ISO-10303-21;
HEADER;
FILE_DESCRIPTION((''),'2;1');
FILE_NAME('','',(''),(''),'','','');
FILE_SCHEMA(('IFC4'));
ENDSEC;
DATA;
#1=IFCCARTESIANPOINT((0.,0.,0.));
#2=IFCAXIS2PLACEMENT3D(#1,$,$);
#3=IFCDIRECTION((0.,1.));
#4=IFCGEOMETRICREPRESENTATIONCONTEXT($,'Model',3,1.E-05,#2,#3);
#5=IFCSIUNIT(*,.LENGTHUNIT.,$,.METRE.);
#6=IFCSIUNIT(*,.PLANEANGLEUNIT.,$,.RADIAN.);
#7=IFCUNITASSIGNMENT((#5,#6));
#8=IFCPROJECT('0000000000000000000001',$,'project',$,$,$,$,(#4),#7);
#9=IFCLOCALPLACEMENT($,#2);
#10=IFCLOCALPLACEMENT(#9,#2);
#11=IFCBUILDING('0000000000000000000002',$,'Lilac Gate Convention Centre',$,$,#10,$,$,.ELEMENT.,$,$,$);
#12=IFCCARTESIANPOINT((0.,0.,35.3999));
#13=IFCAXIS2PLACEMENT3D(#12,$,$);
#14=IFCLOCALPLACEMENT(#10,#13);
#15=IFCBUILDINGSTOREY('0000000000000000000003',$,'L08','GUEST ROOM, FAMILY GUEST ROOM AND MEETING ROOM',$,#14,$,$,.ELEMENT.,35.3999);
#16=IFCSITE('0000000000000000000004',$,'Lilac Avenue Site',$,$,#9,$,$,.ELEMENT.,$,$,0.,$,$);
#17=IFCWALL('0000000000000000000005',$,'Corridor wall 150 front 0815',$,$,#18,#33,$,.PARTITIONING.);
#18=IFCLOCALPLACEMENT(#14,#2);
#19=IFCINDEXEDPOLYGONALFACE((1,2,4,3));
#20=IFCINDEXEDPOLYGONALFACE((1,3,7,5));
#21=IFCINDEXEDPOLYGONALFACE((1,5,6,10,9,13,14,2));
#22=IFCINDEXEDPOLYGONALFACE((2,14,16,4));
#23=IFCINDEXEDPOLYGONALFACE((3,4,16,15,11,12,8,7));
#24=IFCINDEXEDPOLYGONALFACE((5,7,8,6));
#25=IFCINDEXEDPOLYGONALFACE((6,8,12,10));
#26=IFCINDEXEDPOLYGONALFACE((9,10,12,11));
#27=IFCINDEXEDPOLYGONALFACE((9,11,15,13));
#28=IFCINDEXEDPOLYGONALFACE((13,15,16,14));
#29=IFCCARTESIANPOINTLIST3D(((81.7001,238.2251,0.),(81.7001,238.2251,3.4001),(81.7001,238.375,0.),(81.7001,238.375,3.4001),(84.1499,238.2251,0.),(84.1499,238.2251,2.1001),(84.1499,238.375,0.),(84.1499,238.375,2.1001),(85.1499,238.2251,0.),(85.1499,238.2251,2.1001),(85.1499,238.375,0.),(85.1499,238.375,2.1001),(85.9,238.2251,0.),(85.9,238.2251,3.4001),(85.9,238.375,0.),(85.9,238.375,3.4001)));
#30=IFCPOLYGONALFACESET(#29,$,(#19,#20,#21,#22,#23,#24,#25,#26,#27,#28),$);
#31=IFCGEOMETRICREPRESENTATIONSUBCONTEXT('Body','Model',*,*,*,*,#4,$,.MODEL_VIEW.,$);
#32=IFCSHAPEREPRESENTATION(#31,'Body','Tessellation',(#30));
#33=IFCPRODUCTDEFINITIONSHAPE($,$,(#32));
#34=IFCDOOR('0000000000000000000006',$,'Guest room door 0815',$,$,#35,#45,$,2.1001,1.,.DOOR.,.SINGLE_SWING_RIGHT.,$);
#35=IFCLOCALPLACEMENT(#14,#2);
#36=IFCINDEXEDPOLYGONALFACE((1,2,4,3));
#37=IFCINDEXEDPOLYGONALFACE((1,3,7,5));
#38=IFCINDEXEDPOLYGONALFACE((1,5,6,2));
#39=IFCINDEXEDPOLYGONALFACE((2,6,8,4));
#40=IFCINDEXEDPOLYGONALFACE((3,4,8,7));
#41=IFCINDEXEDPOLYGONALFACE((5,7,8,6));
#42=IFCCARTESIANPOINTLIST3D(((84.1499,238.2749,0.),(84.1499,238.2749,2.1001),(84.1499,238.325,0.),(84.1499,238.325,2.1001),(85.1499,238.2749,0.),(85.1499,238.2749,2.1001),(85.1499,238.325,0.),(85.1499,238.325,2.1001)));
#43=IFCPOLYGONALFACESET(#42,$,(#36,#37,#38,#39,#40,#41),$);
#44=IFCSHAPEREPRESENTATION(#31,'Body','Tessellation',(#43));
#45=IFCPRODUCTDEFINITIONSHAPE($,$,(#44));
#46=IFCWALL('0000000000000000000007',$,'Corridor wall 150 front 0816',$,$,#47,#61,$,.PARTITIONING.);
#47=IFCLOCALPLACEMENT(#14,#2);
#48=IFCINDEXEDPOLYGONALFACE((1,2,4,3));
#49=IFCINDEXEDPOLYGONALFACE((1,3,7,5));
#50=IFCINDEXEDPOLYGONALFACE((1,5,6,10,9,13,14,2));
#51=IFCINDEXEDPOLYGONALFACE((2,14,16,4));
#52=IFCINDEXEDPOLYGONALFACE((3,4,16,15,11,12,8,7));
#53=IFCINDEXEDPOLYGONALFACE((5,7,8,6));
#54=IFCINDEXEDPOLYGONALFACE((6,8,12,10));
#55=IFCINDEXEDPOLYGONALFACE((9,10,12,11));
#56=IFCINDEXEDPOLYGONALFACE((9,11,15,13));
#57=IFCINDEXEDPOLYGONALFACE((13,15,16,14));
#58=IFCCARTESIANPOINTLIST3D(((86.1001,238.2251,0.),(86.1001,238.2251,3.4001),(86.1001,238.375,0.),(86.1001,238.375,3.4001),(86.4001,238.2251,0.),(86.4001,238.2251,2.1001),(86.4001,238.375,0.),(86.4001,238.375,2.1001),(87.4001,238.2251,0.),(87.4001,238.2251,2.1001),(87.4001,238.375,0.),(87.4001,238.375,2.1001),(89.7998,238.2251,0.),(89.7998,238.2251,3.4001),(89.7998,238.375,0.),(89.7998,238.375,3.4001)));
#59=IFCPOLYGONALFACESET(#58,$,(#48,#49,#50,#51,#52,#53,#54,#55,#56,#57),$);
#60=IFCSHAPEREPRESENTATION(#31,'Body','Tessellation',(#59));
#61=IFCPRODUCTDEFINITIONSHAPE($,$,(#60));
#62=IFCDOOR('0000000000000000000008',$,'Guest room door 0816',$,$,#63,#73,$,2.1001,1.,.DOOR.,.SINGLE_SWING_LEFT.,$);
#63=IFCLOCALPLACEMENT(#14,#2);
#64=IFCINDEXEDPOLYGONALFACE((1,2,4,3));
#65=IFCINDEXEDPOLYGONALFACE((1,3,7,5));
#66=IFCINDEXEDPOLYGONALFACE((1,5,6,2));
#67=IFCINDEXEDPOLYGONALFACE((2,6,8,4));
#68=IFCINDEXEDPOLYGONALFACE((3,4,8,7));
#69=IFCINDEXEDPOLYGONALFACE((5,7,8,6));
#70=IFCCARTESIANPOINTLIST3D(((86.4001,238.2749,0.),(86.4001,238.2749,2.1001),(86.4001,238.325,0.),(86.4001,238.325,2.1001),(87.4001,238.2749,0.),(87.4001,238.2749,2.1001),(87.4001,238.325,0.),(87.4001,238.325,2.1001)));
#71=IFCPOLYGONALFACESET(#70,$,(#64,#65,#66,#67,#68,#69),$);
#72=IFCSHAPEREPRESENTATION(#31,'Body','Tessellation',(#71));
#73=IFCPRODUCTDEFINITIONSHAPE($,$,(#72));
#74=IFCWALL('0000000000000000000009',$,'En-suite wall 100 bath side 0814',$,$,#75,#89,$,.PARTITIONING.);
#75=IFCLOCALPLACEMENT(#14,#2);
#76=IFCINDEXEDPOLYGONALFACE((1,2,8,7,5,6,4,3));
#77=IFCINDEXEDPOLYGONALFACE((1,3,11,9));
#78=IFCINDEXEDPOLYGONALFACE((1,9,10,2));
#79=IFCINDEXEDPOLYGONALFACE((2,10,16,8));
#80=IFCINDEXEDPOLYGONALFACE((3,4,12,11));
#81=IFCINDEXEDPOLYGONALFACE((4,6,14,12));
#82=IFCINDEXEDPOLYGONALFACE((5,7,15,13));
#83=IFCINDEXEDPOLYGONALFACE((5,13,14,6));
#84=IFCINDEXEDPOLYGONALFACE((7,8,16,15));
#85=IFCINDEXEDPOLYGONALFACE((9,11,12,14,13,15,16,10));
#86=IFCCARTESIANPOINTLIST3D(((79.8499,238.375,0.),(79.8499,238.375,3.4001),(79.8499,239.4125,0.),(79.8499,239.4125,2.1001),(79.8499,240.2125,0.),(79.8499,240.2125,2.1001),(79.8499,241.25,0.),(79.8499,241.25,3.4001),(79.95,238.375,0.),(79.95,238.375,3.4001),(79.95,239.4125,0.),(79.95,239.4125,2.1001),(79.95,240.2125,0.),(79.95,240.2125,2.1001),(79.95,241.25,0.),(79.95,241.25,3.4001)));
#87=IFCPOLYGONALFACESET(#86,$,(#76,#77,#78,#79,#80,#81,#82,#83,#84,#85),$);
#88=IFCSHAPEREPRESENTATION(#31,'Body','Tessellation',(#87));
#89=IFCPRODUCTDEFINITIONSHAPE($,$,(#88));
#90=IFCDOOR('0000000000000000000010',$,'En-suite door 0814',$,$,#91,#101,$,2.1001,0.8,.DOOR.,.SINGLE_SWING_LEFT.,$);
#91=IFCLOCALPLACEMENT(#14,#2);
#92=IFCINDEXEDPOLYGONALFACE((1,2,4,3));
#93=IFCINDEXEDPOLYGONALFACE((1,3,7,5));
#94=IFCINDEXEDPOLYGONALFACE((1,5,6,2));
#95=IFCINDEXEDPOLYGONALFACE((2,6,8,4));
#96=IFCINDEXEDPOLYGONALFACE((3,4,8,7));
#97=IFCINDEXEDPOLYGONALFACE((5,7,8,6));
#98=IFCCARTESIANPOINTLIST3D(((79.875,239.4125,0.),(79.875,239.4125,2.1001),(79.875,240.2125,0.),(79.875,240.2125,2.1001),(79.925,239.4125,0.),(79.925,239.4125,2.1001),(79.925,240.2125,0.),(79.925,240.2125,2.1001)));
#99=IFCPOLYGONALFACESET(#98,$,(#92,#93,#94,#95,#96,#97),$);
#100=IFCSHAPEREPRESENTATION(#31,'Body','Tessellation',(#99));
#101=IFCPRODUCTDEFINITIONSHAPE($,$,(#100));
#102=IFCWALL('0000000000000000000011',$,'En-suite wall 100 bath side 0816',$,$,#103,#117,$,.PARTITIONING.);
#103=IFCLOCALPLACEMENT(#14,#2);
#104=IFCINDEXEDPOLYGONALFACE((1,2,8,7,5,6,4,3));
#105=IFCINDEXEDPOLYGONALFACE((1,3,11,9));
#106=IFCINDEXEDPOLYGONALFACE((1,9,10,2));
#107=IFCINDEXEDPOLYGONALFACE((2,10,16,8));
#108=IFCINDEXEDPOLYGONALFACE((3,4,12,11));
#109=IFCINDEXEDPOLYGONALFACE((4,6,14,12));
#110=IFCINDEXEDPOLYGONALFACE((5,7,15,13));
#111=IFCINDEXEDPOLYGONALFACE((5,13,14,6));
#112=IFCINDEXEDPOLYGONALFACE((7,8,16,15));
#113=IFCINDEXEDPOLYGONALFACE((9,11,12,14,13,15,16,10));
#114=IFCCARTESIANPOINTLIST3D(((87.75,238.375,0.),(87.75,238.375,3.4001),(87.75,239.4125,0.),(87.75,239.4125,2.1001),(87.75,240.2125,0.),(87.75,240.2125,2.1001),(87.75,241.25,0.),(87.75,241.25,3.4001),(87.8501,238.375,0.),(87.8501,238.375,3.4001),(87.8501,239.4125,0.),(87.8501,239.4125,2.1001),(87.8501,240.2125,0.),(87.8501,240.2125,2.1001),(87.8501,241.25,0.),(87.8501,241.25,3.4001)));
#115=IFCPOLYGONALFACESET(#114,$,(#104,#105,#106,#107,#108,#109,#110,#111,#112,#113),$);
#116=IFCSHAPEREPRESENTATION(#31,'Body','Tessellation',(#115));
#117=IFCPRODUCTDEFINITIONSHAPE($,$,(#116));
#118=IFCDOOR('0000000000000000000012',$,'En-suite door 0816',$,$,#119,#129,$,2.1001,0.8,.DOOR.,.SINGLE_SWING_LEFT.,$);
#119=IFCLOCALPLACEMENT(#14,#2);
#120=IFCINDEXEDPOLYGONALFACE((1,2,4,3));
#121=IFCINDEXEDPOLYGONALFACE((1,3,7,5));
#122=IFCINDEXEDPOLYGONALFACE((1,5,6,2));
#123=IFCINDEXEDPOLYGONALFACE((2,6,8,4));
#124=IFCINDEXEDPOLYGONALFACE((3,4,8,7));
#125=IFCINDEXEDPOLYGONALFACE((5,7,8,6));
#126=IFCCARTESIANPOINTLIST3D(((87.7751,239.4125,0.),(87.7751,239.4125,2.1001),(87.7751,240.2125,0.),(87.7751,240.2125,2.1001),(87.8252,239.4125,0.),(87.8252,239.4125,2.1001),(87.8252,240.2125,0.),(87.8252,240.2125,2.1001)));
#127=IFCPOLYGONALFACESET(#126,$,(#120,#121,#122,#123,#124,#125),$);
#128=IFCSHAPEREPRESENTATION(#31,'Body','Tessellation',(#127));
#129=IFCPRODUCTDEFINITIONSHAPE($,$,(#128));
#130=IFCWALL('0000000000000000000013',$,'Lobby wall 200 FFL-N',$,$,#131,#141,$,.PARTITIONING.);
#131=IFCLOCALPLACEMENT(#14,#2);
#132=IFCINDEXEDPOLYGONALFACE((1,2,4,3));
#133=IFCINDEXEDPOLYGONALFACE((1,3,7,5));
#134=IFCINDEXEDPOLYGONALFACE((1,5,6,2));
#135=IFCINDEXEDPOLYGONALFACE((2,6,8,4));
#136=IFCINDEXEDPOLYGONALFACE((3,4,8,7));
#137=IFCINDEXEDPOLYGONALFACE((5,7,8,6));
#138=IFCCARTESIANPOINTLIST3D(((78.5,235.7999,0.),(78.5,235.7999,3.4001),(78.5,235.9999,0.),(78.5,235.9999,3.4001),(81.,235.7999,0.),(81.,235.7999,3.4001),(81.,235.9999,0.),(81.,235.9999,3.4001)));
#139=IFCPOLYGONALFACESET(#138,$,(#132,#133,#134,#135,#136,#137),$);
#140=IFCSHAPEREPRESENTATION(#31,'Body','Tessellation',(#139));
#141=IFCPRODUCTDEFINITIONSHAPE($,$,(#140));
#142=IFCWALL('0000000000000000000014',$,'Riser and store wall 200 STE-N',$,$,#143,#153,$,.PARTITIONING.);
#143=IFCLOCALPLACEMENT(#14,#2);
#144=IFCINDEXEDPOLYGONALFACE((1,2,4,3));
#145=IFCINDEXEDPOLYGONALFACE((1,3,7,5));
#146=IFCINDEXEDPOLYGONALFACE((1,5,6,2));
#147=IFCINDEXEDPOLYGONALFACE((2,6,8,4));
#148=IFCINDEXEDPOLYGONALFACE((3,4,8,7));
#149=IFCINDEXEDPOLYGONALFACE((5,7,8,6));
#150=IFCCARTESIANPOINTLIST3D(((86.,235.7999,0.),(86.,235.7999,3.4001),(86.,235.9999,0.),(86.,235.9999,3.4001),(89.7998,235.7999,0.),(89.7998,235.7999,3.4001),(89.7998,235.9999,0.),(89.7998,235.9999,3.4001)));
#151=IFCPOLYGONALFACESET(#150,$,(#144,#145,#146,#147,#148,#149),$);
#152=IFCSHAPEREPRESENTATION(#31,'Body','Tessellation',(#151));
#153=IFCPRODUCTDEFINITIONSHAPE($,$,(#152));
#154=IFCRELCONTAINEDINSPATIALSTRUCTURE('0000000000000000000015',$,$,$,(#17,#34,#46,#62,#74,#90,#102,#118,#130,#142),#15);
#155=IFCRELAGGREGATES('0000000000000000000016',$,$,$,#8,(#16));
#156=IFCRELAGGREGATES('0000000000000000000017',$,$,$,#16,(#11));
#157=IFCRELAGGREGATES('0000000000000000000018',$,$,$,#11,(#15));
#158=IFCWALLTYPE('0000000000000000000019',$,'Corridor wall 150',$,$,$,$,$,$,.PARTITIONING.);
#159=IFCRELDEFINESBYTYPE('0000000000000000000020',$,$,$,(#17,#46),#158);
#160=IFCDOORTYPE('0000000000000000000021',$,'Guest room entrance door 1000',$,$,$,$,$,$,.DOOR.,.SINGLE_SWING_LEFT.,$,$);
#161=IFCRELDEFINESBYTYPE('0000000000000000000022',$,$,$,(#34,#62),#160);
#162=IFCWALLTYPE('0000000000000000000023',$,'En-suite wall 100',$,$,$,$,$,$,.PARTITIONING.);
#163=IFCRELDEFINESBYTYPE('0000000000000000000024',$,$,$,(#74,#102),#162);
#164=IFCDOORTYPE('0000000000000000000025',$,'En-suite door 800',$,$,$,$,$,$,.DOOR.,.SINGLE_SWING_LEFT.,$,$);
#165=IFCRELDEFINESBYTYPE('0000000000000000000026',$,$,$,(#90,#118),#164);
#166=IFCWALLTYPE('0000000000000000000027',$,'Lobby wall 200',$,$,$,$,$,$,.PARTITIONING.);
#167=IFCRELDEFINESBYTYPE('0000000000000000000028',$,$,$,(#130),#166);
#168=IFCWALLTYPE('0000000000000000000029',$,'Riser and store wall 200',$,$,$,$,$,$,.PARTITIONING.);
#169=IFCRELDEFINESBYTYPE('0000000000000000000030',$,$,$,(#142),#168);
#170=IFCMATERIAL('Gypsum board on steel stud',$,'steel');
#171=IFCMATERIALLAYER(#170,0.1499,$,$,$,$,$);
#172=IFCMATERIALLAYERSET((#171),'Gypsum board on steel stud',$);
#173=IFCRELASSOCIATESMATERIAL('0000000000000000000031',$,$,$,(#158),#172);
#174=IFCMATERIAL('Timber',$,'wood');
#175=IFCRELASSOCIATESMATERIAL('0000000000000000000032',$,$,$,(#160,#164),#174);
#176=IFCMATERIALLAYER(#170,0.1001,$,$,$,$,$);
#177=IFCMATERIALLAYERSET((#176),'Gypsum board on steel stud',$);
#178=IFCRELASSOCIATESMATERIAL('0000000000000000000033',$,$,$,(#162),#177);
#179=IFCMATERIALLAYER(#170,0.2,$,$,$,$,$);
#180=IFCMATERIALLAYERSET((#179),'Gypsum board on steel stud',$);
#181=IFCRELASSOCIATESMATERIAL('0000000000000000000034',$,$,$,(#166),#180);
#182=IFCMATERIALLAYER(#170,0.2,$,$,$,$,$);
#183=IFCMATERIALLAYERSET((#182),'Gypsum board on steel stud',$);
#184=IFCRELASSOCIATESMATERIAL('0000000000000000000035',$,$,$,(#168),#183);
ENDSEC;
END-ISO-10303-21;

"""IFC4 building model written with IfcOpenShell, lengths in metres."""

from ifc_helpers import new_model, si_unit, direction, frame, frame_2d, origin, place, context, subcontext, project, spatial, rectangle, extrude, material, layer, layer_set, type_object, element, fill, save


model = new_model("IFC4")

# Units and contexts
model_context = context("Model", 3, precision=1e-05, world=origin(), true_north=direction((0.0, 1.0)))
body_context = subcontext(model_context, "Body", "Model", "MODEL_VIEW")
ifc_project = project(units=[si_unit("LENGTHUNIT", "METRE"), si_unit("PLANEANGLEUNIT", "RADIAN")], contexts=[model_context])

# Site, building, storey
site_placement = place(None, origin())
site = spatial("IfcSite", under=ifc_project, at=site_placement, Name="Lilac Avenue Site", CompositionType="ELEMENT", RefElevation=0.0)
building_placement = place(site_placement, origin())
building = spatial("IfcBuilding", under=site, at=building_placement, Name="Lilac Gate Convention Centre", CompositionType="ELEMENT")
storey_placement = place(building_placement, frame((0.0, 0.0, 35.3999)))
storey = spatial("IfcBuildingStorey", under=building, at=storey_placement, Name="L08", Description="GUEST ROOM, FAMILY GUEST ROOM AND MEETING ROOM", CompositionType="ELEMENT", Elevation=35.3999)

# Walls, openings, doors
ifc_material_1 = material(Name="Gypsum board on steel stud", Category="steel")
ifc_layer_1 = layer(ifc_material_1, 0.1499)
ifc_layer_set_1 = layer_set([ifc_layer_1], Name="Gypsum board on steel stud")
wall_type_1 = type_object("IfcWallType", Name="Corridor wall 150", PredefinedType="PARTITIONING", material=ifc_layer_set_1)
ifc_material_2 = material(Name="Timber", Category="wood")
door_type_1 = type_object("IfcDoorType", Name="Guest room entrance door 1000", OperationType="SINGLE_SWING_LEFT", PredefinedType="DOOR", material=ifc_material_2)
wall_1_placement = place(storey_placement, frame((81.7, 238.3, 0.0), z_axis=(0.0, 0.0, 1.0), x_axis=(1.0, 0.0, 0.0)))
wall_1 = element("IfcWall", 1, at=wall_1_placement, inside=storey, type_object=wall_type_1, Name="Corridor wall 150 front 0815", PredefinedType="PARTITIONING", context=body_context, shape_type="SweptSolid", body=[
    extrude(rectangle(XDim=4.2, YDim=0.1499, at=frame_2d((2.1001, 0.0))), origin(), (0.0, 0.0, 1.0), 3.4001),
])
opening_1_placement = place(wall_1_placement, frame((2.45, 0.0, 0.0)))
opening_1 = element("IfcOpeningElement", 2, at=opening_1_placement, cuts=wall_1, PredefinedType="OPENING", context=body_context, shape_type="SweptSolid", body=[
    extrude(rectangle(XDim=1.0, YDim=2.1001, at=frame_2d((0.5, 1.05))), frame((0.0, 0.085, 0.0), z_axis=(0.0, -1.0, 0.0), x_axis=(1.0, 0.0, 0.0)), (0.0, 0.0, 1.0), 0.1699),
])
door_1_placement = place(opening_1_placement, origin())
door_1 = element("IfcDoor", 3, at=door_1_placement, inside=storey, type_object=door_type_1, Name="Guest room door 0815", OperationType="SINGLE_SWING_RIGHT", OverallHeight=2.1001, OverallWidth=1.0, PredefinedType="DOOR", context=body_context, shape_type="SweptSolid", body=[
    extrude(rectangle(XDim=1.0, YDim=2.1001, at=frame_2d((0.5, 1.05))), frame((0.0, 0.0249, 0.0), z_axis=(0.0, -1.0, 0.0), x_axis=(1.0, 0.0, 0.0)), (0.0, 0.0, 1.0), 0.05),
])
fill(opening_1, door_1)
wall_2_placement = place(storey_placement, frame((86.1001, 238.3, 0.0), z_axis=(0.0, 0.0, 1.0), x_axis=(1.0, 0.0, 0.0)))
wall_2 = element("IfcWall", 4, at=wall_2_placement, inside=storey, type_object=wall_type_1, Name="Corridor wall 150 front 0816", PredefinedType="PARTITIONING", context=body_context, shape_type="SweptSolid", body=[
    extrude(rectangle(XDim=3.6997, YDim=0.1499, at=frame_2d((1.8499, 0.0))), origin(), (0.0, 0.0, 1.0), 3.4001),
])
opening_2_placement = place(wall_2_placement, frame((0.3, 0.0, 0.0)))
opening_2 = element("IfcOpeningElement", 5, at=opening_2_placement, cuts=wall_2, PredefinedType="OPENING", context=body_context, shape_type="SweptSolid", body=[
    extrude(rectangle(XDim=1.0, YDim=2.1001, at=frame_2d((0.5, 1.05))), frame((0.0, 0.085, 0.0), z_axis=(0.0, -1.0, 0.0), x_axis=(1.0, 0.0, 0.0)), (0.0, 0.0, 1.0), 0.1699),
])
door_2_placement = place(opening_2_placement, origin())
door_2 = element("IfcDoor", 6, at=door_2_placement, inside=storey, type_object=door_type_1, Name="Guest room door 0816", OperationType="SINGLE_SWING_LEFT", OverallHeight=2.1001, OverallWidth=1.0, PredefinedType="DOOR", context=body_context, shape_type="SweptSolid", body=[
    extrude(rectangle(XDim=1.0, YDim=2.1001, at=frame_2d((0.5, 1.05))), frame((0.0, 0.0249, 0.0), z_axis=(0.0, -1.0, 0.0), x_axis=(1.0, 0.0, 0.0)), (0.0, 0.0, 1.0), 0.05),
])
fill(opening_2, door_2)
ifc_layer_2 = layer(ifc_material_1, 0.1001)
ifc_layer_set_2 = layer_set([ifc_layer_2], Name="Gypsum board on steel stud")
wall_type_2 = type_object("IfcWallType", Name="En-suite wall 100", PredefinedType="PARTITIONING", material=ifc_layer_set_2)
wall_3_placement = place(storey_placement, frame((79.8999, 238.375, 0.0), z_axis=(0.0, 0.0, 1.0), x_axis=(0.0, 1.0, 0.0)))
wall_3 = element("IfcWall", 7, at=wall_3_placement, inside=storey, type_object=wall_type_2, Name="En-suite wall 100 bath side 0814", PredefinedType="PARTITIONING", context=body_context, shape_type="SweptSolid", body=[
    extrude(rectangle(XDim=2.875, YDim=0.1001, at=frame_2d((1.4375, 0.0))), origin(), (0.0, 0.0, 1.0), 3.4001),
])
opening_3_placement = place(wall_3_placement, frame((1.0376, 0.0, 0.0)))
opening_3 = element("IfcOpeningElement", 8, at=opening_3_placement, cuts=wall_3, PredefinedType="OPENING", context=body_context, shape_type="SweptSolid", body=[
    extrude(rectangle(XDim=0.8, YDim=2.1001, at=frame_2d((0.3999, 1.05))), frame((0.0, 0.0601, 0.0), z_axis=(0.0, -1.0, 0.0), x_axis=(1.0, 0.0, 0.0)), (0.0, 0.0, 1.0), 0.1201),
])
door_type_2 = type_object("IfcDoorType", Name="En-suite door 800", OperationType="SINGLE_SWING_LEFT", PredefinedType="DOOR", material=ifc_material_2)
door_3_placement = place(opening_3_placement, origin())
door_3 = element("IfcDoor", 9, at=door_3_placement, inside=storey, type_object=door_type_2, Name="En-suite door 0814", OperationType="SINGLE_SWING_LEFT", OverallHeight=2.1001, OverallWidth=0.8, PredefinedType="DOOR", context=body_context, shape_type="SweptSolid", body=[
    extrude(rectangle(XDim=0.8, YDim=2.1001, at=frame_2d((0.3999, 1.05))), frame((0.0, 0.0249, 0.0), z_axis=(0.0, -1.0, 0.0), x_axis=(1.0, 0.0, 0.0)), (0.0, 0.0, 1.0), 0.05),
])
fill(opening_3, door_3)
wall_4_placement = place(storey_placement, frame((87.8, 238.375, 0.0), z_axis=(0.0, 0.0, 1.0), x_axis=(0.0, 1.0, 0.0)))
wall_4 = element("IfcWall", 10, at=wall_4_placement, inside=storey, type_object=wall_type_2, Name="En-suite wall 100 bath side 0816", PredefinedType="PARTITIONING", context=body_context, shape_type="SweptSolid", body=[
    extrude(rectangle(XDim=2.875, YDim=0.1001, at=frame_2d((1.4375, 0.0))), origin(), (0.0, 0.0, 1.0), 3.4001),
])
opening_4_placement = place(wall_4_placement, frame((1.0376, 0.0, 0.0)))
opening_4 = element("IfcOpeningElement", 11, at=opening_4_placement, cuts=wall_4, PredefinedType="OPENING", context=body_context, shape_type="SweptSolid", body=[
    extrude(rectangle(XDim=0.8, YDim=2.1001, at=frame_2d((0.3999, 1.05))), frame((0.0, 0.0601, 0.0), z_axis=(0.0, -1.0, 0.0), x_axis=(1.0, 0.0, 0.0)), (0.0, 0.0, 1.0), 0.1201),
])
door_4_placement = place(opening_4_placement, origin())
door_4 = element("IfcDoor", 12, at=door_4_placement, inside=storey, type_object=door_type_2, Name="En-suite door 0816", OperationType="SINGLE_SWING_LEFT", OverallHeight=2.1001, OverallWidth=0.8, PredefinedType="DOOR", context=body_context, shape_type="SweptSolid", body=[
    extrude(rectangle(XDim=0.8, YDim=2.1001, at=frame_2d((0.3999, 1.05))), frame((0.0, 0.0249, 0.0), z_axis=(0.0, -1.0, 0.0), x_axis=(1.0, 0.0, 0.0)), (0.0, 0.0, 1.0), 0.05),
])
fill(opening_4, door_4)

# Walls
ifc_layer_3 = layer(ifc_material_1, 0.2)
ifc_layer_set_3 = layer_set([ifc_layer_3], Name="Gypsum board on steel stud")
wall_type_3 = type_object("IfcWallType", Name="Lobby wall 200", PredefinedType="PARTITIONING", material=ifc_layer_set_3)
wall_5_placement = place(storey_placement, frame((78.5, 235.8999, 0.0), z_axis=(0.0, 0.0, 1.0), x_axis=(1.0, 0.0, 0.0)))
element("IfcWall", 13, at=wall_5_placement, inside=storey, type_object=wall_type_3, Name="Lobby wall 200 FFL-N", PredefinedType="PARTITIONING", context=body_context, shape_type="SweptSolid", body=[
    extrude(rectangle(XDim=2.5, YDim=0.2, at=frame_2d((1.25, 0.0))), origin(), (0.0, 0.0, 1.0), 3.4001),
])
ifc_layer_4 = layer(ifc_material_1, 0.2)
ifc_layer_set_4 = layer_set([ifc_layer_4], Name="Gypsum board on steel stud")
wall_type_4 = type_object("IfcWallType", Name="Riser and store wall 200", PredefinedType="PARTITIONING", material=ifc_layer_set_4)
wall_6_placement = place(storey_placement, frame((86.0, 235.8999, 0.0), z_axis=(0.0, 0.0, 1.0), x_axis=(1.0, 0.0, 0.0)))
element("IfcWall", 14, at=wall_6_placement, inside=storey, type_object=wall_type_4, Name="Riser and store wall 200 STE-N", PredefinedType="PARTITIONING", context=body_context, shape_type="SweptSolid", body=[
    extrude(rectangle(XDim=3.7998, YDim=0.2, at=frame_2d((1.8999, 0.0))), origin(), (0.0, 0.0, 1.0), 3.4001),
])

save(model, "model.ifc")
